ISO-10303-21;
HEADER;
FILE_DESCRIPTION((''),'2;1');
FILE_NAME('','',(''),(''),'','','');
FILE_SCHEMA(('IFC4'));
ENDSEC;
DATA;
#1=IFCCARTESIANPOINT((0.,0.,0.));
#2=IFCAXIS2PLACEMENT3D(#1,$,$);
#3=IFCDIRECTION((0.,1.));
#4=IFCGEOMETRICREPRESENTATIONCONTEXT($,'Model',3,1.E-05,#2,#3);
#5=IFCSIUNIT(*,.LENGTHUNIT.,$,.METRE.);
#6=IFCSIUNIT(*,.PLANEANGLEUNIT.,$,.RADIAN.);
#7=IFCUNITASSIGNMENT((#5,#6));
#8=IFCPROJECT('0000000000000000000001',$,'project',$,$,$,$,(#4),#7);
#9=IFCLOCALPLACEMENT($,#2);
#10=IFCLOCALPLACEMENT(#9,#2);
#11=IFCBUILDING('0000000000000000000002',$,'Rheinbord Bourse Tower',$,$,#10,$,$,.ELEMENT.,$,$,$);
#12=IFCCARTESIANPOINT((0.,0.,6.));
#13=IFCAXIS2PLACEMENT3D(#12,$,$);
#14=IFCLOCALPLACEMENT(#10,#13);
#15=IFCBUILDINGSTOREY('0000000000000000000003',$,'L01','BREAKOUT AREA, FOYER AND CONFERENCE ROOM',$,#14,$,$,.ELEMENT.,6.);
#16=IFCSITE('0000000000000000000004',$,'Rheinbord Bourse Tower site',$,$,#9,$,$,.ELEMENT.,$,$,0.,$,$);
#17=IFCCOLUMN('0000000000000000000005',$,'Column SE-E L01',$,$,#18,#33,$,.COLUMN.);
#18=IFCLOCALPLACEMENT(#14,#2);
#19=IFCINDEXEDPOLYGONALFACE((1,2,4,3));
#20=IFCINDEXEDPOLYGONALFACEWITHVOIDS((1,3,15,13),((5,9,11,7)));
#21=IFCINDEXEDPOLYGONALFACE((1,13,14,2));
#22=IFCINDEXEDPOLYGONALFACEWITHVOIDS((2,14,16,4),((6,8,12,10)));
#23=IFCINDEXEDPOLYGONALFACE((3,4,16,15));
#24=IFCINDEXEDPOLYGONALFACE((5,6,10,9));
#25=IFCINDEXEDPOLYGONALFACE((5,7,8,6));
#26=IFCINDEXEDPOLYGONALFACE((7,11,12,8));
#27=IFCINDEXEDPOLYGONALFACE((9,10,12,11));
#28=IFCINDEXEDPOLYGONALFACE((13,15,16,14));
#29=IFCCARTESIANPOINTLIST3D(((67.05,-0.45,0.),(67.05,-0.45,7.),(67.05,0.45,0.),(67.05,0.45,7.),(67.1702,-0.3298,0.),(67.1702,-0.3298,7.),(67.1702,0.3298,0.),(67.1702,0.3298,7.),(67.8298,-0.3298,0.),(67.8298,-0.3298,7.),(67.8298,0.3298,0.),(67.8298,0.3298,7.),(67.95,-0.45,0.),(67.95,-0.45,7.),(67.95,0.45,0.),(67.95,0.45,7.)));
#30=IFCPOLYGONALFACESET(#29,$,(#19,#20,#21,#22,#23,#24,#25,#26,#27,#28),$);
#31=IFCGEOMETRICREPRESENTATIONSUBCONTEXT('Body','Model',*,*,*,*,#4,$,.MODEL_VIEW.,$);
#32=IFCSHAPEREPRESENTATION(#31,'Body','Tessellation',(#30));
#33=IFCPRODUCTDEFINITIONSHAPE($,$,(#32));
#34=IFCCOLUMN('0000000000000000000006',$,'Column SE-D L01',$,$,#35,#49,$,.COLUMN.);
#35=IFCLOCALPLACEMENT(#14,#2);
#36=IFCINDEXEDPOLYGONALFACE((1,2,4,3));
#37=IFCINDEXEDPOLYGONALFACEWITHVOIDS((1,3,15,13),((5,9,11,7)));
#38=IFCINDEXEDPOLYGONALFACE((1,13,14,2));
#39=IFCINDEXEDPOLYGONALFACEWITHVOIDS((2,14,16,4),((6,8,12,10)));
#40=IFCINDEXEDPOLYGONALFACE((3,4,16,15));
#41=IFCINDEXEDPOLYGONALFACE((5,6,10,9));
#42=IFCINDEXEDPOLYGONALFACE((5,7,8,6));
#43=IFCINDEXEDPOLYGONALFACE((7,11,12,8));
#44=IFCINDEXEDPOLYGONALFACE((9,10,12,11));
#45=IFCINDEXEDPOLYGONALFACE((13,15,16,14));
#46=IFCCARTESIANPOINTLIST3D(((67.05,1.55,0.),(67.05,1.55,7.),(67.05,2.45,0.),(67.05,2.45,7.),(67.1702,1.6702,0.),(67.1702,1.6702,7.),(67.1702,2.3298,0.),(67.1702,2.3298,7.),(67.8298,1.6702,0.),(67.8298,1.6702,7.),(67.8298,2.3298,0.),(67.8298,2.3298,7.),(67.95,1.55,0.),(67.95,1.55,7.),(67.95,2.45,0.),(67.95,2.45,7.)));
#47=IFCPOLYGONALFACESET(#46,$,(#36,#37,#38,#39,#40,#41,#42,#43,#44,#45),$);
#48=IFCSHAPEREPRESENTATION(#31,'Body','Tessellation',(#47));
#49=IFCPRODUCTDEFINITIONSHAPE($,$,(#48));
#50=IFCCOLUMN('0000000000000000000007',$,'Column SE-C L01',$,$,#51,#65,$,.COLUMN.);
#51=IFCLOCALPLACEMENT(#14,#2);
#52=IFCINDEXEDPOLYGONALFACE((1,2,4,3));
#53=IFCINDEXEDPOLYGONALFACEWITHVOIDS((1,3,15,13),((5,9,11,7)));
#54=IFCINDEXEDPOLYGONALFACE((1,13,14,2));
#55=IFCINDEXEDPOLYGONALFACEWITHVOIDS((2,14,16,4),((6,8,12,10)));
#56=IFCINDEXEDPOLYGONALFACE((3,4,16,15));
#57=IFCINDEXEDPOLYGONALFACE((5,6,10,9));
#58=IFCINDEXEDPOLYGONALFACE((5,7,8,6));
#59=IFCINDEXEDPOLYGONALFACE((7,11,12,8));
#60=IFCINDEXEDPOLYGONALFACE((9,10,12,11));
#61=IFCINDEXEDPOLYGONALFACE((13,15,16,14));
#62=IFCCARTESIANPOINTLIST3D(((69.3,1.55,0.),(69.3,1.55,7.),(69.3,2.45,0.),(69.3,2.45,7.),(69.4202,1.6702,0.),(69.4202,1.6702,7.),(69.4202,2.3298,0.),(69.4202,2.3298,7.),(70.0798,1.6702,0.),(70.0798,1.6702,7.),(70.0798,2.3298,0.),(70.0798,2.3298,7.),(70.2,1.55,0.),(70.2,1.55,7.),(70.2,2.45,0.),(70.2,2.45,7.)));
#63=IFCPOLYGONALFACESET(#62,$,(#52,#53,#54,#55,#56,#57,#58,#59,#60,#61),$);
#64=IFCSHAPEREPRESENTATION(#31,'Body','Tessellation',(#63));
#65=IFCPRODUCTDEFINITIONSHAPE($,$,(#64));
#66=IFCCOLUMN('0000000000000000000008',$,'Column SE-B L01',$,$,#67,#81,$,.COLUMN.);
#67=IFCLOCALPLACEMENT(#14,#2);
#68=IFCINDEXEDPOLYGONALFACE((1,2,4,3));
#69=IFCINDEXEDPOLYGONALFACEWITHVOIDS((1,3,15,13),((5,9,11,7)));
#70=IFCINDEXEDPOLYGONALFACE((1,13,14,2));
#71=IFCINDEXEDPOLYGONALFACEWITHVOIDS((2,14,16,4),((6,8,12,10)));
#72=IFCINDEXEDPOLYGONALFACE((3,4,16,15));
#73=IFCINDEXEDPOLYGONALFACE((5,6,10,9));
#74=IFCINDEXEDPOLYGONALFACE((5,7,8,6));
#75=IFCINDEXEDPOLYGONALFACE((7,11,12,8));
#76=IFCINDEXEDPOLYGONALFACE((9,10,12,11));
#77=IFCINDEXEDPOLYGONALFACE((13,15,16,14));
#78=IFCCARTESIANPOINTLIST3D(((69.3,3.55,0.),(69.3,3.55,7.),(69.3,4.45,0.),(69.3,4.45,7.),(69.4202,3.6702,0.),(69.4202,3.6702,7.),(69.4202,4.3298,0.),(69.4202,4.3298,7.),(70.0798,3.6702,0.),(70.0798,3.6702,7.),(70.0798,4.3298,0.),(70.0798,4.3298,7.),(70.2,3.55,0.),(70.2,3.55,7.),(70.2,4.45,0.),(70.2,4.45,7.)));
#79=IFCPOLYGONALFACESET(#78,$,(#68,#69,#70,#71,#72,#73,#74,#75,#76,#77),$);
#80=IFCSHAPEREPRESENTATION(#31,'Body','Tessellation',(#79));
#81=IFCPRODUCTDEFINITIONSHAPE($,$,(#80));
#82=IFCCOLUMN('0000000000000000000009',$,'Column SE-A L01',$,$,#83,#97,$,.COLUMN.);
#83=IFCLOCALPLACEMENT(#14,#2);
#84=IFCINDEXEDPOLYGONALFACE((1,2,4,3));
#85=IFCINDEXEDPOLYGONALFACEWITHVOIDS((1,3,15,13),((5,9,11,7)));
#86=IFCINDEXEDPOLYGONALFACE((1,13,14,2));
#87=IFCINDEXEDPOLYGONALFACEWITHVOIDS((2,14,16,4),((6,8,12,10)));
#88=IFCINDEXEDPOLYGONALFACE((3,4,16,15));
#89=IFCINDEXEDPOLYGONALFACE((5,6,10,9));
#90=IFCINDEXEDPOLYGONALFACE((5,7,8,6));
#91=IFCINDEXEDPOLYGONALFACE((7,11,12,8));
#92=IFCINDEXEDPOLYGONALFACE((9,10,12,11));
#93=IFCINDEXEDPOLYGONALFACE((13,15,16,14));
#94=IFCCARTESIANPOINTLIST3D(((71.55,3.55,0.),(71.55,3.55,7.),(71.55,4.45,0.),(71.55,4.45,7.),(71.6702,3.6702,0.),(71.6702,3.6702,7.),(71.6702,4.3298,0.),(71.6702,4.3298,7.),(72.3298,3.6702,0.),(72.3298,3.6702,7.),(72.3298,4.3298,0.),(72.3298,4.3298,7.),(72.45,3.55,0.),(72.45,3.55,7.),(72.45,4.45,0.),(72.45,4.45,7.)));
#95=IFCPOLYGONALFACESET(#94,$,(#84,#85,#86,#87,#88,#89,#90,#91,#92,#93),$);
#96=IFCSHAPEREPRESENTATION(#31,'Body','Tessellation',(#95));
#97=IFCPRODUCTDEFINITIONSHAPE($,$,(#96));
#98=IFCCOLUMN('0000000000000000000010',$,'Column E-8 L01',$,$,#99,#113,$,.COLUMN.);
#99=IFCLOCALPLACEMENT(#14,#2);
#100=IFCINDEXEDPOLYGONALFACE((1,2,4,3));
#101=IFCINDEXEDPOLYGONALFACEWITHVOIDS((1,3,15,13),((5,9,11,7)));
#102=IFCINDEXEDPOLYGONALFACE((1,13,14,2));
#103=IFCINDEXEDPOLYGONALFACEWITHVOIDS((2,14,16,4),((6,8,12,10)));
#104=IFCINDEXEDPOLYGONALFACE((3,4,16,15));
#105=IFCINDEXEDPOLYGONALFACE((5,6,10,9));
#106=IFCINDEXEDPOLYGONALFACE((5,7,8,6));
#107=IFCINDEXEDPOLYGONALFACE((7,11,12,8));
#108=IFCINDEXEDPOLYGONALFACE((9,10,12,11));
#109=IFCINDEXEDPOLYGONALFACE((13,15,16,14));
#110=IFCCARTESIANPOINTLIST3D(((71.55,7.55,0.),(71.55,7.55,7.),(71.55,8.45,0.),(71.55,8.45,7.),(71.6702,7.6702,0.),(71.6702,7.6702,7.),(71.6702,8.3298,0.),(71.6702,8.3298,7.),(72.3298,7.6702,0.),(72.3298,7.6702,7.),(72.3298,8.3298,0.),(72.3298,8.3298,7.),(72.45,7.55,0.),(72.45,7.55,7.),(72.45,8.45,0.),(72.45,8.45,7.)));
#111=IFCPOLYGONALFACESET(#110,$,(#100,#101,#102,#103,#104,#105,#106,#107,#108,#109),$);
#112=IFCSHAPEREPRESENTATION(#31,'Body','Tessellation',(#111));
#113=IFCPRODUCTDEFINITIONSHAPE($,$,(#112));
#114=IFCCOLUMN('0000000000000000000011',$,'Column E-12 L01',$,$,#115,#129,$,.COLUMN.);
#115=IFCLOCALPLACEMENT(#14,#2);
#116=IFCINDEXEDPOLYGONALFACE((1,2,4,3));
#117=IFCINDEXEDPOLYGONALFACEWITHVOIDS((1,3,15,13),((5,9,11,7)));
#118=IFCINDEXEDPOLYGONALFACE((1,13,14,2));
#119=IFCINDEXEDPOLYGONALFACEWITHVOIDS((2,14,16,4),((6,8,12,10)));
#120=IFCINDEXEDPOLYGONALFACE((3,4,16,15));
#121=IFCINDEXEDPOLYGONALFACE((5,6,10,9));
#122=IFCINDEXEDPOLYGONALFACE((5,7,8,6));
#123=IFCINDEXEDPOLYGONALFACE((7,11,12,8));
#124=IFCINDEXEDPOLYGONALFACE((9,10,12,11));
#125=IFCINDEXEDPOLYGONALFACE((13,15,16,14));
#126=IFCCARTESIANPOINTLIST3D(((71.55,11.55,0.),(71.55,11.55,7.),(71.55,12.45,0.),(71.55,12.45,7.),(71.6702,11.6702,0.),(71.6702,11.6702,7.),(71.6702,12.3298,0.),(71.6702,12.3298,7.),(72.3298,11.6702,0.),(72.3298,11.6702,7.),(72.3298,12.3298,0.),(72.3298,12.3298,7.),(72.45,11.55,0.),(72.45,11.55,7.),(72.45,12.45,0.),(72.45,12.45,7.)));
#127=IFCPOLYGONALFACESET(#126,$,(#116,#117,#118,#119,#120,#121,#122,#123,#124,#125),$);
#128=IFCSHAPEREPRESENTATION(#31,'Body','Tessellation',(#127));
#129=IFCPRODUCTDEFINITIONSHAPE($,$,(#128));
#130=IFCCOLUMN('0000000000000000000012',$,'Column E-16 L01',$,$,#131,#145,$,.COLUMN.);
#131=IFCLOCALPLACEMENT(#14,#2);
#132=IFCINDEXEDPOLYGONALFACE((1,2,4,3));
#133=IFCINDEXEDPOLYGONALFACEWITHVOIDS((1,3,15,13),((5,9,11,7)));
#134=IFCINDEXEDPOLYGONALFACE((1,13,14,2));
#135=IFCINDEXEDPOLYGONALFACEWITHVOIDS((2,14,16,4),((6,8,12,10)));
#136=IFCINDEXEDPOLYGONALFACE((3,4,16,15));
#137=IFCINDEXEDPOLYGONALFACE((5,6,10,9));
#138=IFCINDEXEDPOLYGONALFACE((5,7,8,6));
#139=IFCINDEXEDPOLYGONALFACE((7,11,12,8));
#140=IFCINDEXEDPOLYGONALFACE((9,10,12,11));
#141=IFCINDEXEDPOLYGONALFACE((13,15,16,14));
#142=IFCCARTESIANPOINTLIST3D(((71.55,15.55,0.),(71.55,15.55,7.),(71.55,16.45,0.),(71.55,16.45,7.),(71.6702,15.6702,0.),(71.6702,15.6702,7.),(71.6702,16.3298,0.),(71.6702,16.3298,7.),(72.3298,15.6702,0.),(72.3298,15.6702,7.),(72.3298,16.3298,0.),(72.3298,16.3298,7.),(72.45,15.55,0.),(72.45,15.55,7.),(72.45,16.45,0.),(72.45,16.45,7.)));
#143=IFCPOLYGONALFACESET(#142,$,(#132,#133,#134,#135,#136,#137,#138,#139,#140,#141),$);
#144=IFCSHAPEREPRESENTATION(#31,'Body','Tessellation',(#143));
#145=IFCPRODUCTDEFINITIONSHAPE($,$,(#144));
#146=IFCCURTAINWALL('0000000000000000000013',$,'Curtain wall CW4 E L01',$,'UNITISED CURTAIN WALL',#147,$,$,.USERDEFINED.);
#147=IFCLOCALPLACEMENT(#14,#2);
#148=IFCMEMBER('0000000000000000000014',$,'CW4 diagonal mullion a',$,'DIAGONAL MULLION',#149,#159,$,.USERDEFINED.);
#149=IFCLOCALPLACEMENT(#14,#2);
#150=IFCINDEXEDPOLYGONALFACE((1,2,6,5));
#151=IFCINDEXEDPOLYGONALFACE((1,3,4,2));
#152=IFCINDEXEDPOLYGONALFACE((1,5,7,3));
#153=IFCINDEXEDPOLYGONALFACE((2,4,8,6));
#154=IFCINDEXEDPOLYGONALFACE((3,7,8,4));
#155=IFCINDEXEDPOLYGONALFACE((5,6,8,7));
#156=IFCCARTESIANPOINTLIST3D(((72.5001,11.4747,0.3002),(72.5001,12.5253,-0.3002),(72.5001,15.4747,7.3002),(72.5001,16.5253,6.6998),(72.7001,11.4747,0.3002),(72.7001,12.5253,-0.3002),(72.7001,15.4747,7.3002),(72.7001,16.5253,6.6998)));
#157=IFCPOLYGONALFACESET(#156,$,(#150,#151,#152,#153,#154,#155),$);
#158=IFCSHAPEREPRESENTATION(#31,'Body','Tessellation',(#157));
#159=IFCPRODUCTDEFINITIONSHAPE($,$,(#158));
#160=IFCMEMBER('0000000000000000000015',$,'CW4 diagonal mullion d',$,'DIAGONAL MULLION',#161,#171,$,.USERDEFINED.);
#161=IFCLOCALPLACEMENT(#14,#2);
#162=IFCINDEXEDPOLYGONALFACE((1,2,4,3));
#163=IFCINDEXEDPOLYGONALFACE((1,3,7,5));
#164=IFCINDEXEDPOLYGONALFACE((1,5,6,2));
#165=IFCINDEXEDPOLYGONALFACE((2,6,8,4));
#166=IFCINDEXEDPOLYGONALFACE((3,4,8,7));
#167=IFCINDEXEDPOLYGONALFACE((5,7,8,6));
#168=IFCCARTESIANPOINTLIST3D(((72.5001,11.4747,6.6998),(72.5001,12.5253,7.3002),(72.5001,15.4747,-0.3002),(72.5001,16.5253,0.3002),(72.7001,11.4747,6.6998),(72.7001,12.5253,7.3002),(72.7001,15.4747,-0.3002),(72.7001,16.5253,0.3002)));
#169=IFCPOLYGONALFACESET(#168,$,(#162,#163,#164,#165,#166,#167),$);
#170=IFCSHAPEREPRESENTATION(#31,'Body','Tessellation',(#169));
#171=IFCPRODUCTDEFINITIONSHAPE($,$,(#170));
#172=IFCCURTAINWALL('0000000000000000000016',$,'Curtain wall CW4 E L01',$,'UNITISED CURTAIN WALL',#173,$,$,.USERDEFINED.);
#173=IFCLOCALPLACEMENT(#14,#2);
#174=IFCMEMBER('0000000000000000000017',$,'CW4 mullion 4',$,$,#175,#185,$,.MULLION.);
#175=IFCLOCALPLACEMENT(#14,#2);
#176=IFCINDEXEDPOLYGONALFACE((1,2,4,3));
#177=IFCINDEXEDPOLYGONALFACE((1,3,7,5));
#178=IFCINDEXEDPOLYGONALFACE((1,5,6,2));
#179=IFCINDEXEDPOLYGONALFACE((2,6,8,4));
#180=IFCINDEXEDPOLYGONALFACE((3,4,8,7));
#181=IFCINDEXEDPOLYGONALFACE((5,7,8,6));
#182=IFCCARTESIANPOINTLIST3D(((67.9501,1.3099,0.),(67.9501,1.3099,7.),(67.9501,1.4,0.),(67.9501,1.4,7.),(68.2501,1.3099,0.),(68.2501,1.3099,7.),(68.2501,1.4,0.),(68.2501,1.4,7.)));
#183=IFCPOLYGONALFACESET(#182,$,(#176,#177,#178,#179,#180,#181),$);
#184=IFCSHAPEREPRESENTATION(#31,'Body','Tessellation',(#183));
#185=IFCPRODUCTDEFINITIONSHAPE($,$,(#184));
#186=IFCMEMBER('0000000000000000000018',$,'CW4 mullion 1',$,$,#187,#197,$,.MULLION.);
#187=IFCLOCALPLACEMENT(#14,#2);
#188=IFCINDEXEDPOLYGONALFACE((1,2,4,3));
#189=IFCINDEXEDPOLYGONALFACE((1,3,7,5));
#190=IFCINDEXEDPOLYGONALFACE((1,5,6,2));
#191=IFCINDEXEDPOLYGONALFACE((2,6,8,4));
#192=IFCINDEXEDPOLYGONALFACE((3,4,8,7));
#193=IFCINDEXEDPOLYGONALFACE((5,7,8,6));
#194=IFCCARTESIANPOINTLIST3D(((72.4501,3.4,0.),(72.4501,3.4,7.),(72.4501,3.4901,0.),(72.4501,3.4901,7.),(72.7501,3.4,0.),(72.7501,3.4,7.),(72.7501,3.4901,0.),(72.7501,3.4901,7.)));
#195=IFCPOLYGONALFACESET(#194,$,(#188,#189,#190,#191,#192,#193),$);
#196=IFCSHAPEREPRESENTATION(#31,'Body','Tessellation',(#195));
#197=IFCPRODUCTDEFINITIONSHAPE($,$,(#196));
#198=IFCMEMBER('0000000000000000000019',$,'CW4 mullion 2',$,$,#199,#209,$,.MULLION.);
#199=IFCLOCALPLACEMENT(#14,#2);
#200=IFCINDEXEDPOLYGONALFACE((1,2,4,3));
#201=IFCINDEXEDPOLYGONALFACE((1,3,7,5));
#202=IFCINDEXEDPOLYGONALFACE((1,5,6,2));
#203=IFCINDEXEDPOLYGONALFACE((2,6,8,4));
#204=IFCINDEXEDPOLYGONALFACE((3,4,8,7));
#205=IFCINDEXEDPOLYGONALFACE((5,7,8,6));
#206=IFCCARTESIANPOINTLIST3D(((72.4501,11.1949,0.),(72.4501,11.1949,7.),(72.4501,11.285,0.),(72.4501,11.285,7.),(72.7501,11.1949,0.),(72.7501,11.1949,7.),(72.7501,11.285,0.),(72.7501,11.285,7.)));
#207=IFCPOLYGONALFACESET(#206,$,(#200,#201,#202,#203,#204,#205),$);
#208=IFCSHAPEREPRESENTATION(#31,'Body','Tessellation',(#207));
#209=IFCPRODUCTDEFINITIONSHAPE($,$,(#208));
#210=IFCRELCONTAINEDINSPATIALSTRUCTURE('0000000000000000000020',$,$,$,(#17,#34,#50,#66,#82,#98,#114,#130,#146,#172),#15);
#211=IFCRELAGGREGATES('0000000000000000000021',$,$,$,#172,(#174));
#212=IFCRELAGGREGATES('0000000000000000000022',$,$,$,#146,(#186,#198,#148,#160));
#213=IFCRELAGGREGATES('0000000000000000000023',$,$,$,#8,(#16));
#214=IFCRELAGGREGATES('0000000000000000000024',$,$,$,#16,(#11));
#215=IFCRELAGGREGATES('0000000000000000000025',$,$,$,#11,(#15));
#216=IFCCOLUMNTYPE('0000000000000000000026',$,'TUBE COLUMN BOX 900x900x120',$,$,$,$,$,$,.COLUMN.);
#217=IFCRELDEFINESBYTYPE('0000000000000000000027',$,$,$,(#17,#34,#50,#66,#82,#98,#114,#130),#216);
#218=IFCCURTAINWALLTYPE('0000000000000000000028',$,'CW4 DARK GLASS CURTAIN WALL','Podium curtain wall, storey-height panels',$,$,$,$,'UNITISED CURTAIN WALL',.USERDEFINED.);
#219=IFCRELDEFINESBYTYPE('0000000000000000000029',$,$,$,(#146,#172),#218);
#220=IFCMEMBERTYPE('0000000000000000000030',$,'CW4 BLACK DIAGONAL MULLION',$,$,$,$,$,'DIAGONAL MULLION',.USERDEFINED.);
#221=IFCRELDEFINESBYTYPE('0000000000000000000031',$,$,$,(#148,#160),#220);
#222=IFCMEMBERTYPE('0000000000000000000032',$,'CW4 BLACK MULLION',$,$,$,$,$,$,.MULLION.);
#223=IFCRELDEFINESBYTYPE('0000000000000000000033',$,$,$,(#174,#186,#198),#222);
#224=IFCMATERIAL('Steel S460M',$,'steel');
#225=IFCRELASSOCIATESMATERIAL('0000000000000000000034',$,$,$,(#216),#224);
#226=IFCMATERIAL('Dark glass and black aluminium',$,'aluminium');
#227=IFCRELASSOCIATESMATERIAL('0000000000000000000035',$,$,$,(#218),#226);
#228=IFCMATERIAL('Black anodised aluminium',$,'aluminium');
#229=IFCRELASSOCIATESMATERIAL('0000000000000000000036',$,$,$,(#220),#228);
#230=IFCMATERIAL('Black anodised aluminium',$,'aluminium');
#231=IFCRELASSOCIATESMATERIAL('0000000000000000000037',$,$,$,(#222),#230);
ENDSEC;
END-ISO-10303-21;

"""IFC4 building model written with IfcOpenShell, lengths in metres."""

from ifc_helpers import new_model, si_unit, direction, frame, origin, origin_2d, place, context, subcontext, project, spatial, rectangle, hollow_rectangle, extrude, material, material_profile, profile_set, type_object, element, aggregate, save


model = new_model("IFC4")

# Units and contexts
model_context = context("Model", 3, precision=1e-05, world=origin(), true_north=direction((0.0, 1.0)))
body_context = subcontext(model_context, "Body", "Model", "MODEL_VIEW")
ifc_project = project(units=[si_unit("LENGTHUNIT", "METRE"), si_unit("PLANEANGLEUNIT", "RADIAN")], contexts=[model_context])

# Site, building, storey
site_placement = place(None, origin())
site = spatial("IfcSite", under=ifc_project, at=site_placement, Name="Rheinbord Bourse Tower site", CompositionType="ELEMENT", RefElevation=0.0)
building_placement = place(site_placement, origin())
building = spatial("IfcBuilding", under=site, at=building_placement, Name="Rheinbord Bourse Tower", CompositionType="ELEMENT")
storey_placement = place(building_placement, frame((0.0, 0.0, 6.0)))
storey = spatial("IfcBuildingStorey", under=building, at=storey_placement, Name="L01", Description="BREAKOUT AREA, FOYER AND CONFERENCE ROOM", CompositionType="ELEMENT", Elevation=6.0)

# Columns
ifc_material_1 = material(Name="Steel S460M", Category="steel")
ifc_material_profile_1 = material_profile(ifc_material_1, hollow_rectangle(XDim=0.8999, YDim=0.8999, WallThickness=0.1201, at=origin_2d()), Name="BOX 900x900x120")
ifc_profile_set_1 = profile_set([ifc_material_profile_1], Name="Steel S460M")
column_type = type_object("IfcColumnType", Name="TUBE COLUMN BOX 900x900x120", PredefinedType="COLUMN", material=ifc_profile_set_1)
for number, where, z_axis, x_axis, name in (
    (1, (67.5, 0.0, 0.0), (0.0, 0.0, 1.0), (0.0, 1.0, 0.0), "Column SE-E L01"),
    (2, (67.5, 2.0, 0.0), (0.0, 0.0, 1.0), (0.0, 1.0, 0.0), "Column SE-D L01"),
    (3, (69.75, 2.0, 0.0), (0.0, 0.0, 1.0), (1.0, 0.0, 0.0), "Column SE-C L01"),
    (4, (69.75, 4.0, 0.0), (0.0, 0.0, 1.0), (1.0, 0.0, 0.0), "Column SE-B L01"),
    (5, (72.0, 4.0, 0.0), (0.0, 0.0, 1.0), (1.0, 0.0, 0.0), "Column SE-A L01"),
    (6, (72.0, 8.0, 0.0), (0.0, 0.0, 1.0), (1.0, 0.0, 0.0), "Column E-8 L01"),
    (7, (72.0, 12.0, 0.0), (0.0, 0.0, 1.0), (1.0, 0.0, 0.0), "Column E-12 L01"),
    (8, (72.0, 16.0, 0.0), (0.0, 0.0, 1.0), (1.0, 0.0, 0.0), "Column E-16 L01"),
):
    element("IfcColumn", number, at=place(storey_placement, frame(where, z_axis=z_axis, x_axis=x_axis)), inside=storey, type_object=column_type, Name=name, PredefinedType="COLUMN", context=body_context, shape_type="SweptSolid", body=[
        extrude(hollow_rectangle(XDim=0.8999, YDim=0.8999, WallThickness=0.1201, at=origin_2d()), origin(), (0.0, 0.0, 1.0), 7.0),
    ])

# Curtain wall, members
ifc_material_2 = material(Name="Dark glass and black aluminium", Category="aluminium")
curtain_wall_type = type_object("IfcCurtainWallType", Name="CW4 DARK GLASS CURTAIN WALL", Description="Podium curtain wall, storey-height panels", ElementType="UNITISED CURTAIN WALL", PredefinedType="USERDEFINED", material=ifc_material_2)
curtain_wall_1_placement = place(storey_placement, origin())
curtain_wall_1 = element("IfcCurtainWall", 9, at=curtain_wall_1_placement, inside=storey, type_object=curtain_wall_type, Name="Curtain wall CW4 E L01", ObjectType="UNITISED CURTAIN WALL", PredefinedType="USERDEFINED")
ifc_material_3 = material(Name="Black anodised aluminium", Category="aluminium")
ifc_material_profile_2 = material_profile(ifc_material_3, rectangle(XDim=0.2, YDim=1.21, at=origin_2d()), Name="CW4 DIAGONAL MULLION 1210x200")
ifc_profile_set_2 = profile_set([ifc_material_profile_2], Name="Black anodised aluminium")
member_type_1 = type_object("IfcMemberType", Name="CW4 BLACK DIAGONAL MULLION", ElementType="DIAGONAL MULLION", PredefinedType="USERDEFINED", material=ifc_profile_set_2)
member_1_placement = place(storey_placement, frame((72.6001, 12.0, 0.0), z_axis=(0.0, 0.496139, 0.868243), x_axis=(-1.0, 0.0, 0.0)))
member_1 = element("IfcMember", 10, at=member_1_placement, type_object=member_type_1, Name="CW4 diagonal mullion a", ObjectType="DIAGONAL MULLION", PredefinedType="USERDEFINED", context=body_context, shape_type="SweptSolid", body=[
    extrude(rectangle(XDim=0.2, YDim=1.21, at=origin_2d()), origin(), (0.0, 0.0, 1.0), 8.0623),
])
member_2_placement = place(storey_placement, frame((72.6001, 16.0, 0.0), z_axis=(0.0, -0.496139, 0.868243), x_axis=(1.0, 0.0, 0.0)))
member_2 = element("IfcMember", 11, at=member_2_placement, type_object=member_type_1, Name="CW4 diagonal mullion d", ObjectType="DIAGONAL MULLION", PredefinedType="USERDEFINED", context=body_context, shape_type="SweptSolid", body=[
    extrude(rectangle(XDim=0.2, YDim=1.21, at=origin_2d()), origin(), (0.0, 0.0, 1.0), 8.0623),
])

# Curtain wall, member
curtain_wall_2_placement = place(storey_placement, origin())
curtain_wall_2 = element("IfcCurtainWall", 12, at=curtain_wall_2_placement, inside=storey, type_object=curtain_wall_type, Name="Curtain wall CW4 E L01", ObjectType="UNITISED CURTAIN WALL", PredefinedType="USERDEFINED")
ifc_material_4 = material(Name="Black anodised aluminium", Category="aluminium")
ifc_material_profile_3 = material_profile(ifc_material_4, rectangle(XDim=0.3, YDim=0.0901, at=origin_2d()), Name="CW4 MULLION 90x300")
ifc_profile_set_3 = profile_set([ifc_material_profile_3], Name="Black anodised aluminium")
member_type_2 = type_object("IfcMemberType", Name="CW4 BLACK MULLION", PredefinedType="MULLION", material=ifc_profile_set_3)
member_3_placement = place(storey_placement, frame((68.1001, 1.355, 0.0), z_axis=(0.0, 0.0, 1.0), x_axis=(-1.0, 0.0, 0.0)))
member_3 = element("IfcMember", 13, at=member_3_placement, type_object=member_type_2, Name="CW4 mullion 4", PredefinedType="MULLION", context=body_context, shape_type="SweptSolid", body=[
    extrude(rectangle(XDim=0.3, YDim=0.0901, at=origin_2d()), origin(), (0.0, 0.0, 1.0), 7.0),
])
aggregate(curtain_wall_2, [member_3])

# Members
member_4_placement = place(storey_placement, frame((72.6001, 3.4451, 0.0), z_axis=(0.0, 0.0, 1.0), x_axis=(-1.0, 0.0, 0.0)))
member_4 = element("IfcMember", 14, at=member_4_placement, type_object=member_type_2, Name="CW4 mullion 1", PredefinedType="MULLION", context=body_context, shape_type="SweptSolid", body=[
    extrude(rectangle(XDim=0.3, YDim=0.0901, at=origin_2d()), origin(), (0.0, 0.0, 1.0), 7.0),
])
member_5_placement = place(storey_placement, frame((72.6001, 11.24, 0.0), z_axis=(0.0, 0.0, 1.0), x_axis=(-1.0, 0.0, 0.0)))
member_5 = element("IfcMember", 15, at=member_5_placement, type_object=member_type_2, Name="CW4 mullion 2", PredefinedType="MULLION", context=body_context, shape_type="SweptSolid", body=[
    extrude(rectangle(XDim=0.3, YDim=0.0901, at=origin_2d()), origin(), (0.0, 0.0, 1.0), 7.0),
])

aggregate(curtain_wall_1, [member_4, member_5, member_1, member_2])

save(model, "model.ifc")
